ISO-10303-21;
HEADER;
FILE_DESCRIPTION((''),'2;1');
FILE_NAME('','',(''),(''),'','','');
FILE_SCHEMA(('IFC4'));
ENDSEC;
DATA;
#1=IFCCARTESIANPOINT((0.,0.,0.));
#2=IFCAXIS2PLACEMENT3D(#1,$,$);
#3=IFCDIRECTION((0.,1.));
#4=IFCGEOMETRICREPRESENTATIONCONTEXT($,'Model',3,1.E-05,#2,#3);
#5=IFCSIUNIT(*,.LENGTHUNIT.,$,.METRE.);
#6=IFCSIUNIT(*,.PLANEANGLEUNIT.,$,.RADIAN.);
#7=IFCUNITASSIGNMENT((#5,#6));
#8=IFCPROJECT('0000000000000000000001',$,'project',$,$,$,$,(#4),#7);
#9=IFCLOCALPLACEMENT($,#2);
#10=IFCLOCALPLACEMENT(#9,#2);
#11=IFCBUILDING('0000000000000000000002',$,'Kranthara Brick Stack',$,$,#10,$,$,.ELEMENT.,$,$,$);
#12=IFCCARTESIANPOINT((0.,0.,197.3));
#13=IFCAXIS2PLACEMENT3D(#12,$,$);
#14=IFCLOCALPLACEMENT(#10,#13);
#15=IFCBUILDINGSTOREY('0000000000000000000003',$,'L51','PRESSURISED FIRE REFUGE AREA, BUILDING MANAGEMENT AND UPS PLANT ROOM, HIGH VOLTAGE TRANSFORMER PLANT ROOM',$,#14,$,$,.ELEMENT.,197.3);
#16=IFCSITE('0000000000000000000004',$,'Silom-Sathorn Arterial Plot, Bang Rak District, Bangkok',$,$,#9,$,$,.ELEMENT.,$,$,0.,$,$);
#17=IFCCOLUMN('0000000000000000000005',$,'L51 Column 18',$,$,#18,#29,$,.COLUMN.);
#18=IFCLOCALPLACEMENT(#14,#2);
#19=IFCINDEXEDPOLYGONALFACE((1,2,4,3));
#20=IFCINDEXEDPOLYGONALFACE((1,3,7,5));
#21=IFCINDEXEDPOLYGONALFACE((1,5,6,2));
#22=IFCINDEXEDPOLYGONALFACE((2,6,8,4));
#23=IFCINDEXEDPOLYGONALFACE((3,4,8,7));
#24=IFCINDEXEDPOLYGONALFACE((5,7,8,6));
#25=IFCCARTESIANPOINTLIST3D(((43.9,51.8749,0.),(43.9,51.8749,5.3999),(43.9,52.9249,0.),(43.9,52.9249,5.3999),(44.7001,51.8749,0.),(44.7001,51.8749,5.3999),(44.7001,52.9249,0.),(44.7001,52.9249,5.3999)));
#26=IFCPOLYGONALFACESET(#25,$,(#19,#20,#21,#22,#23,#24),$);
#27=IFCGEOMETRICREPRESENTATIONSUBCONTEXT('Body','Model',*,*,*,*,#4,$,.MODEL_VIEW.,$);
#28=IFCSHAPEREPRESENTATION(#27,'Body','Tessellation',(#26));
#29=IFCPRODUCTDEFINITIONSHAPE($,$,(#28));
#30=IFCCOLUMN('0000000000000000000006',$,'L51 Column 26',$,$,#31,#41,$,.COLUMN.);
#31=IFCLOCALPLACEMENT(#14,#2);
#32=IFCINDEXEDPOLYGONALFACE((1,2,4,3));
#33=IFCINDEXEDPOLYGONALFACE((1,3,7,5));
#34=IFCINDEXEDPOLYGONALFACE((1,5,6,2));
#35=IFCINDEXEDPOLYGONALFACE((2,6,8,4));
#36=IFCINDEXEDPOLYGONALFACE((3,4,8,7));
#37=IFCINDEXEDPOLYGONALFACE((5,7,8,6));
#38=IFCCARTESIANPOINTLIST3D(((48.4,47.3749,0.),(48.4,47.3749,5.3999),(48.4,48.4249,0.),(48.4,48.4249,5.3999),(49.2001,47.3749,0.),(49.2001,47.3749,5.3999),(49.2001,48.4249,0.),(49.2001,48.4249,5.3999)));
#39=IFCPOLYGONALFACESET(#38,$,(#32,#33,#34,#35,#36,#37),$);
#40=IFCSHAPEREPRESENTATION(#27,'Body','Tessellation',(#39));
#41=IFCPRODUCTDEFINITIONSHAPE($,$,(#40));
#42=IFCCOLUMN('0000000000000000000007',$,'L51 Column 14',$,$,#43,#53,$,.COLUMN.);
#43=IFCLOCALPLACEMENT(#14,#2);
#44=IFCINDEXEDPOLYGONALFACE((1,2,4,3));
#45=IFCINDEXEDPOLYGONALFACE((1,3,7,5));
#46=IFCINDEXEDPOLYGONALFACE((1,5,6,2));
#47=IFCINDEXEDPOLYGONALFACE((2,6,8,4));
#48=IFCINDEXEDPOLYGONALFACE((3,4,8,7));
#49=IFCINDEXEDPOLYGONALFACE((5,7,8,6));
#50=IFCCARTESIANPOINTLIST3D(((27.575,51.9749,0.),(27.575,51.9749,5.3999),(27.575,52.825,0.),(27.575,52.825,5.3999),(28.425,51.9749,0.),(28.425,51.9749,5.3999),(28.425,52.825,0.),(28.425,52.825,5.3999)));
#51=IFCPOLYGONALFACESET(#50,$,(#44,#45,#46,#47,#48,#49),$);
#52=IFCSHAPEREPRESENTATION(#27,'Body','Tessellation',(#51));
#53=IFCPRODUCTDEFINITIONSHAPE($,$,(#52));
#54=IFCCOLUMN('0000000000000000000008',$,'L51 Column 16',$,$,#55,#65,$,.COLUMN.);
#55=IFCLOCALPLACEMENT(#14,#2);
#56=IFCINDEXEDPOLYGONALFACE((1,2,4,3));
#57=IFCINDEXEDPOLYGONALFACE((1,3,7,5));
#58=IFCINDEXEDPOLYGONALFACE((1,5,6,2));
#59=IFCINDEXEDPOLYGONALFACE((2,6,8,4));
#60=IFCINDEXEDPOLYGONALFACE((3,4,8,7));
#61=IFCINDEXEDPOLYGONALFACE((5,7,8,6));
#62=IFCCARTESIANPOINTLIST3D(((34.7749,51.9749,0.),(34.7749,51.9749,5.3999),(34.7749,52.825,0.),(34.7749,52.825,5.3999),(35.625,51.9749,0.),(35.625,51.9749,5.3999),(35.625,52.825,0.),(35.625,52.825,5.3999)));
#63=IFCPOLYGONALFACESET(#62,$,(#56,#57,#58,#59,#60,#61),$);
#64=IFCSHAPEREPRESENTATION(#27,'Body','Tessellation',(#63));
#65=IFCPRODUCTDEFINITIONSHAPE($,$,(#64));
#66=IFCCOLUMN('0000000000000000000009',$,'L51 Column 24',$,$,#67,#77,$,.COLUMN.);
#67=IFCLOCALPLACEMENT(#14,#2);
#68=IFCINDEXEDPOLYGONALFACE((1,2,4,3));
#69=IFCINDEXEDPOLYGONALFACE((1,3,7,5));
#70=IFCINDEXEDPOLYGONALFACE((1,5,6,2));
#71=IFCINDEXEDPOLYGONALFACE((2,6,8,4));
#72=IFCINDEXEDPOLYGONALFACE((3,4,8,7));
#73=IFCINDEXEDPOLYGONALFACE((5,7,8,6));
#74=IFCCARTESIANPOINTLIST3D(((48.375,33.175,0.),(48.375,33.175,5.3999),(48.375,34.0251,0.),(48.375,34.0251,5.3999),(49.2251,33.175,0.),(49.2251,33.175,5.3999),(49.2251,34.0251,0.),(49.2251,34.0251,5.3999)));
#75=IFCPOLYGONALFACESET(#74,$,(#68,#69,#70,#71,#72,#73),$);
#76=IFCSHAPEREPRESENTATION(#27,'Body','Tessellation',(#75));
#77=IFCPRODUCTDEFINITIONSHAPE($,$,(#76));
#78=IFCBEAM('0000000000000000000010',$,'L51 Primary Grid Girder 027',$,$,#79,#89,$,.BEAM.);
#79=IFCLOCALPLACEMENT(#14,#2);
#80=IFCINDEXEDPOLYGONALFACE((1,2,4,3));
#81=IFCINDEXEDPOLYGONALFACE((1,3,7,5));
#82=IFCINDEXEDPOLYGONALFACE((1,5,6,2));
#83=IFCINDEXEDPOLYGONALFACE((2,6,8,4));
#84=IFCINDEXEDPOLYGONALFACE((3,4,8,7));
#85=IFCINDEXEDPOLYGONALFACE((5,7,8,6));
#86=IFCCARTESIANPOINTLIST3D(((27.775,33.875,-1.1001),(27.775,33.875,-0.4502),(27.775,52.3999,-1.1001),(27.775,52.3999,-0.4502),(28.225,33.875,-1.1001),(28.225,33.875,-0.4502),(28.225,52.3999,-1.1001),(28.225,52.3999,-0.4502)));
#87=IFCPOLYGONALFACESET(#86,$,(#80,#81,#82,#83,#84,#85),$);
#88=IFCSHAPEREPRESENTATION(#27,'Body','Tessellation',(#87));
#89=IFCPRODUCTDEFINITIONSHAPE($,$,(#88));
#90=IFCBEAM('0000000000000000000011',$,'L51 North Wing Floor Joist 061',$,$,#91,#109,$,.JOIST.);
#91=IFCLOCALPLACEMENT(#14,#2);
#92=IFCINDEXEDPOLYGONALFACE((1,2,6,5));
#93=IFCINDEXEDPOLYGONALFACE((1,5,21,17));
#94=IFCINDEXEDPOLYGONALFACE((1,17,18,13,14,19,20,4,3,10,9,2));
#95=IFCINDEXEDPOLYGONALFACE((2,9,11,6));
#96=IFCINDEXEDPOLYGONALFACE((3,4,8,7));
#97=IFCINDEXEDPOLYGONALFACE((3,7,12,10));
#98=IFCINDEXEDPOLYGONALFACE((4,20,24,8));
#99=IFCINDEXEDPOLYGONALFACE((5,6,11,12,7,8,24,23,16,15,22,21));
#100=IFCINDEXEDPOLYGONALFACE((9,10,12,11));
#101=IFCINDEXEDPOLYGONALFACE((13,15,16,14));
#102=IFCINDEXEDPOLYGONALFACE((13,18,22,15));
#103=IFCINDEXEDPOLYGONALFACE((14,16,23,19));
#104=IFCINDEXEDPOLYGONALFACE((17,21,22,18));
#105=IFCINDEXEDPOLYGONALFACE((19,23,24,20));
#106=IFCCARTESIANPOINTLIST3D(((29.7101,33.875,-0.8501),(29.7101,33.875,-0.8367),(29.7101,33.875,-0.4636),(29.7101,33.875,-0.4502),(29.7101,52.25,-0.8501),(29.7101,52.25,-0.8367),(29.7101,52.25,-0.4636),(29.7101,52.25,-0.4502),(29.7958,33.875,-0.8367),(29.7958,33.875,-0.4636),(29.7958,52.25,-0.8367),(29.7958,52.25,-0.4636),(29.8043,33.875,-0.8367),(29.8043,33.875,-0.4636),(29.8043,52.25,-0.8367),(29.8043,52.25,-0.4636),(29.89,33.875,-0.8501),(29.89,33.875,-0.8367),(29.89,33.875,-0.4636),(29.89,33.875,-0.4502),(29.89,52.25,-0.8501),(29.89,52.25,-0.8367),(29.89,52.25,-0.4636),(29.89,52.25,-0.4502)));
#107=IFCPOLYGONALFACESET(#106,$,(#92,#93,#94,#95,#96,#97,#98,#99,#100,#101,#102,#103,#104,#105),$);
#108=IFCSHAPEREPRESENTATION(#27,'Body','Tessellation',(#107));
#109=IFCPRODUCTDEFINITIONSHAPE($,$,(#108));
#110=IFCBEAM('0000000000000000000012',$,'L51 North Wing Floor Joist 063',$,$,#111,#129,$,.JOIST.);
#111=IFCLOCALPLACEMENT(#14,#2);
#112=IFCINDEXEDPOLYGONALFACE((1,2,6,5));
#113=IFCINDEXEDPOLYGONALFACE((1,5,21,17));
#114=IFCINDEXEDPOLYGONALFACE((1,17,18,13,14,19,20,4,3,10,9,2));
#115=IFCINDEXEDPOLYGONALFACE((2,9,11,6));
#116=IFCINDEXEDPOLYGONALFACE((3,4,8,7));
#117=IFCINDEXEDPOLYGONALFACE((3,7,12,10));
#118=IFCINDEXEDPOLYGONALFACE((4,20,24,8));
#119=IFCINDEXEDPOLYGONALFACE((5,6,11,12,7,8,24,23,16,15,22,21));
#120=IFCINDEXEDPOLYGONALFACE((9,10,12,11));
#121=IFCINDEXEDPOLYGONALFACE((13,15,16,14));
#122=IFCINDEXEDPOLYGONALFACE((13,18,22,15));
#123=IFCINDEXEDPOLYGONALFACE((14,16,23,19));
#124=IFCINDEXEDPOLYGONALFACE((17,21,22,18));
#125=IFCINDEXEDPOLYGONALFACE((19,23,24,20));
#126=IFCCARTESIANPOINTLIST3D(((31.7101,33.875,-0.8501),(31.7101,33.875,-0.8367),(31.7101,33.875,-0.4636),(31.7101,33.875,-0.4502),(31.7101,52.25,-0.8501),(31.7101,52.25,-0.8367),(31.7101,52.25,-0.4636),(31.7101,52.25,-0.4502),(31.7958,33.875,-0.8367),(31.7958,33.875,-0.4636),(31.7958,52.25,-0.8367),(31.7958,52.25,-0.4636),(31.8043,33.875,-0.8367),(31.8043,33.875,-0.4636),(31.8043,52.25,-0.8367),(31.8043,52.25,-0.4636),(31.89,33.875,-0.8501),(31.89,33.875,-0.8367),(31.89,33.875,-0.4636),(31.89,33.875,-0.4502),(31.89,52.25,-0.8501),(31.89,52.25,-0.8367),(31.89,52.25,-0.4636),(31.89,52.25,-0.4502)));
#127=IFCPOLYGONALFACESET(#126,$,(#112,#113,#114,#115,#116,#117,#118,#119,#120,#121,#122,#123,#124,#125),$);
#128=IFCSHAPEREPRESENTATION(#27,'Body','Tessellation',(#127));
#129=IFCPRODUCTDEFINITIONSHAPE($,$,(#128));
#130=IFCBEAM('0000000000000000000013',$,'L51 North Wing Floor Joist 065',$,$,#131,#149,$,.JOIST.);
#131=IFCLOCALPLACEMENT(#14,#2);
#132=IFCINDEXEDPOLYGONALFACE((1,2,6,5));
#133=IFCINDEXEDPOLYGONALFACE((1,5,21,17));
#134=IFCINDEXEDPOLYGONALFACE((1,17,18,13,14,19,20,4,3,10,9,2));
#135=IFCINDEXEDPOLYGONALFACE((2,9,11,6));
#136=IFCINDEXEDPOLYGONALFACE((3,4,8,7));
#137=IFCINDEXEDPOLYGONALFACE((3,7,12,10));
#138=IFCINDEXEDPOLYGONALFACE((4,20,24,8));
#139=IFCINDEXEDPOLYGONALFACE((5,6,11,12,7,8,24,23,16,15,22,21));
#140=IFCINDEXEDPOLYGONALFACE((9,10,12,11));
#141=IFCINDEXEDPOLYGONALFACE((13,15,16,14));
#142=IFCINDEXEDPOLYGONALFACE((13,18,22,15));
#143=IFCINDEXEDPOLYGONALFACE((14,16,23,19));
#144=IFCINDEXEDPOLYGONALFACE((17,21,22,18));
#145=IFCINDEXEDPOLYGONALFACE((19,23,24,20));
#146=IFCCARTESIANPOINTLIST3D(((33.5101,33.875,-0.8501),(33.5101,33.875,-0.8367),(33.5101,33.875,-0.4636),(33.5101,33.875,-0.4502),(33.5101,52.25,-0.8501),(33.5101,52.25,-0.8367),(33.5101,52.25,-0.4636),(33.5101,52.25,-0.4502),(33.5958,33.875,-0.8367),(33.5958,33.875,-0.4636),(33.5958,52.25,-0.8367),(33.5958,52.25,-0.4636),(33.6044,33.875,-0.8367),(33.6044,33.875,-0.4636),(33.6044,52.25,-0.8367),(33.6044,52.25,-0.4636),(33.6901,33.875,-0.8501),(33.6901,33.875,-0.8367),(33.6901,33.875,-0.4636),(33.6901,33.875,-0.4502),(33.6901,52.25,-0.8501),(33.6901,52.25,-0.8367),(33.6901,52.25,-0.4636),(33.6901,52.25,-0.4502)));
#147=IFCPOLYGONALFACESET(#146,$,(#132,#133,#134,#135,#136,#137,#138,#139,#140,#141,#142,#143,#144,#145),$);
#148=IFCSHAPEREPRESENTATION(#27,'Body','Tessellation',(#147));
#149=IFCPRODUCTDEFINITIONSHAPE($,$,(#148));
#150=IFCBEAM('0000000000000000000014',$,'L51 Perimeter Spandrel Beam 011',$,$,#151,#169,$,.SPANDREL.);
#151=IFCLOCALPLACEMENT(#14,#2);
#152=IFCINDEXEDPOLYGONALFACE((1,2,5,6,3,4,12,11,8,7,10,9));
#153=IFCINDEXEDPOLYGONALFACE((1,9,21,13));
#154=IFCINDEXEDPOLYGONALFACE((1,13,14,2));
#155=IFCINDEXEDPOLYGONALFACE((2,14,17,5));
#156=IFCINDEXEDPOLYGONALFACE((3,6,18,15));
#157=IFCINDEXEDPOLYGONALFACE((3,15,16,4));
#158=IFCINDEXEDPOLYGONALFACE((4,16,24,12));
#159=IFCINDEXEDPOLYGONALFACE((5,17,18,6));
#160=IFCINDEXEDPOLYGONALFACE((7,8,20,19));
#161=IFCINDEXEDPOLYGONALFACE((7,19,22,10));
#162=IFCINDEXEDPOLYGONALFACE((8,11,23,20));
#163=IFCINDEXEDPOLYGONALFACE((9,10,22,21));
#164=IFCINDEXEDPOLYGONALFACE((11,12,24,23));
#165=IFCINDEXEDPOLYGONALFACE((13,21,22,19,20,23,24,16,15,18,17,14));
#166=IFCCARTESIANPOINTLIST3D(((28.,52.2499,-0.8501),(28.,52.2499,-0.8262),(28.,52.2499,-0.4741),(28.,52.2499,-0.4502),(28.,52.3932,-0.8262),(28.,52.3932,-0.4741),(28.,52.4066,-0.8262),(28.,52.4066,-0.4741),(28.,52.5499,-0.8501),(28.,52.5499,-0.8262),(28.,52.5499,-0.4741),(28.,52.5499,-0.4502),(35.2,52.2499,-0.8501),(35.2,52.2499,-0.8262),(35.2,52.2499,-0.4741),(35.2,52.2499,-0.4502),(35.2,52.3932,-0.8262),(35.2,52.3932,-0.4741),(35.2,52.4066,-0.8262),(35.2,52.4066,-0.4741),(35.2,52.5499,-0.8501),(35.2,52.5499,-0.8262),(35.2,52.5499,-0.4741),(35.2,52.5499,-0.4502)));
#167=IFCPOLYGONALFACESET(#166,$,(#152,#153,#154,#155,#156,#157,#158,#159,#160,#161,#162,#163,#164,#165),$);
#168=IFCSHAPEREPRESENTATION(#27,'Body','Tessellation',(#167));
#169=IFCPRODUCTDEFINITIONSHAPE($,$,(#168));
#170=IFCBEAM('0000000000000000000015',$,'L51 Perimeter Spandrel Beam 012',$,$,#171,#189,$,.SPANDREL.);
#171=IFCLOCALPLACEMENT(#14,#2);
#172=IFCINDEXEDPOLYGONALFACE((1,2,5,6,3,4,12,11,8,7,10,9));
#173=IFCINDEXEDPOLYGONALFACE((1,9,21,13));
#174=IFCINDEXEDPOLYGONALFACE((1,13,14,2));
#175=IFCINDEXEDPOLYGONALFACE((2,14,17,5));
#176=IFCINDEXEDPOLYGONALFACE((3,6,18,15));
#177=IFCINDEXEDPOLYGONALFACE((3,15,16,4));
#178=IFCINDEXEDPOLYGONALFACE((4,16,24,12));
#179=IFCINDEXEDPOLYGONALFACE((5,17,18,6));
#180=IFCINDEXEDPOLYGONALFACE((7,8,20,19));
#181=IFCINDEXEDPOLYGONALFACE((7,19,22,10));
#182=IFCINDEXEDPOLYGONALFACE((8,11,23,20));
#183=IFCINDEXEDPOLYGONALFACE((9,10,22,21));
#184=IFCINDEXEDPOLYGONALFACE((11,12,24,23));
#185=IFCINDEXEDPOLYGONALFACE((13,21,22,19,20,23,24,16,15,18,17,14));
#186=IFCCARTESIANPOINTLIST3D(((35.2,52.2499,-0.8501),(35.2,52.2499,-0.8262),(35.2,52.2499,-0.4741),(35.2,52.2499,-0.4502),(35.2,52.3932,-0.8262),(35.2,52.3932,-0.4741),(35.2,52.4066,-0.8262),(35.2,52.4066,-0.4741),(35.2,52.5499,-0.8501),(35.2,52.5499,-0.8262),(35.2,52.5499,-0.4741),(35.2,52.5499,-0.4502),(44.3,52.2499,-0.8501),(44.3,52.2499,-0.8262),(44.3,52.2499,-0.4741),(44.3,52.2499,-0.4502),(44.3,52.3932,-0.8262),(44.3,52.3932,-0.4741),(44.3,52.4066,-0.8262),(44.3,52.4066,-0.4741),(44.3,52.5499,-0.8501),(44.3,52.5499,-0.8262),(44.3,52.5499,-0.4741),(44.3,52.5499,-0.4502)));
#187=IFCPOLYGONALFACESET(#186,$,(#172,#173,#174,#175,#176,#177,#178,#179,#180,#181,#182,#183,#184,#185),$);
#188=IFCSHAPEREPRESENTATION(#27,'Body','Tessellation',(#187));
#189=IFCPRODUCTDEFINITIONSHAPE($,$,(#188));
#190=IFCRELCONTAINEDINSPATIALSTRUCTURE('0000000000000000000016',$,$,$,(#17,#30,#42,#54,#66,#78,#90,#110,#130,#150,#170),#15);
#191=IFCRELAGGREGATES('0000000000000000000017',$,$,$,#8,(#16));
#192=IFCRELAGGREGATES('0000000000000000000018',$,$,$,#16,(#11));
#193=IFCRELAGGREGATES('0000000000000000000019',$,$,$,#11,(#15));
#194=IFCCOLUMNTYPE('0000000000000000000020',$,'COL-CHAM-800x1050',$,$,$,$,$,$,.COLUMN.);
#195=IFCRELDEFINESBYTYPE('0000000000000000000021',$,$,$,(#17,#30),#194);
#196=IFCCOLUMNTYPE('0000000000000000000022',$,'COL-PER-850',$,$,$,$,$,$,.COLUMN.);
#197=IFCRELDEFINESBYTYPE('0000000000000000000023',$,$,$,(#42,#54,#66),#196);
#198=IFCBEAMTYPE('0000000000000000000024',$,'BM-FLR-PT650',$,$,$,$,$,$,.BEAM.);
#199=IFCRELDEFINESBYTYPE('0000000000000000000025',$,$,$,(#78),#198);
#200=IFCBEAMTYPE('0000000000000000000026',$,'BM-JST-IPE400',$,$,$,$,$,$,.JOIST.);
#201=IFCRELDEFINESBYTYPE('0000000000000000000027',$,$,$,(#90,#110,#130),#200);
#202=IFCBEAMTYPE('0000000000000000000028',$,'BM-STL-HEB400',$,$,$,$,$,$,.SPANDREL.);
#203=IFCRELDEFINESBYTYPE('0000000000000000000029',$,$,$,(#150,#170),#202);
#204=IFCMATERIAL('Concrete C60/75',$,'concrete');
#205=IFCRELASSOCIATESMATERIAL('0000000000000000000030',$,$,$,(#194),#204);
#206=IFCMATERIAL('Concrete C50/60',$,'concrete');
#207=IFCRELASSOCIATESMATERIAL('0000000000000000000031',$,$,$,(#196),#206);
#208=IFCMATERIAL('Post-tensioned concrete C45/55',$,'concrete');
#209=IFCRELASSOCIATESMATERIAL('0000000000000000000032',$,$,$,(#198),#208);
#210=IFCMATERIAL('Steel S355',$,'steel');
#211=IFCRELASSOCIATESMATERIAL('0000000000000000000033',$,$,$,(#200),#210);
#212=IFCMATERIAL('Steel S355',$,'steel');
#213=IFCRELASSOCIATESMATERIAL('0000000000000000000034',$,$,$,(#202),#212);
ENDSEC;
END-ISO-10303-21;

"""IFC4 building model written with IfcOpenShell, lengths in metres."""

from ifc_helpers import new_model, si_unit, direction, frame, origin, origin_2d, place, context, subcontext, project, spatial, rectangle, i_section, extrude, material, material_profile, profile_set, type_object, element, save


model = new_model("IFC4")

# Units and contexts
model_context = context("Model", 3, precision=1e-05, world=origin(), true_north=direction((0.0, 1.0)))
body_context = subcontext(model_context, "Body", "Model", "MODEL_VIEW")
ifc_project = project(units=[si_unit("LENGTHUNIT", "METRE"), si_unit("PLANEANGLEUNIT", "RADIAN")], contexts=[model_context])

# Site, building, storey
site_placement = place(None, origin())
site = spatial("IfcSite", under=ifc_project, at=site_placement, Name="Silom-Sathorn Arterial Plot, Bang Rak District, Bangkok", CompositionType="ELEMENT", RefElevation=0.0)
building_placement = place(site_placement, origin())
building = spatial("IfcBuilding", under=site, at=building_placement, Name="Kranthara Brick Stack", CompositionType="ELEMENT")
storey_placement = place(building_placement, frame((0.0, 0.0, 197.3)))
storey = spatial("IfcBuildingStorey", under=building, at=storey_placement, Name="L51", Description="PRESSURISED FIRE REFUGE AREA, BUILDING MANAGEMENT AND UPS PLANT ROOM, HIGH VOLTAGE TRANSFORMER PLANT ROOM", CompositionType="ELEMENT", Elevation=197.3)

# Columns
ifc_material_1 = material(Name="Concrete C60/75", Category="concrete")
ifc_material_profile_1 = material_profile(ifc_material_1, rectangle(XDim=0.8, YDim=1.05, at=origin_2d()), Name="RC 800x1050")
ifc_profile_set_1 = profile_set([ifc_material_profile_1], Name="Concrete C60/75")
column_type_1 = type_object("IfcColumnType", Name="COL-CHAM-800x1050", PredefinedType="COLUMN", material=ifc_profile_set_1)
for number, where, z_axis, x_axis, name in (
    (1, (44.3, 52.3999, 0.0), (0.0, 0.0, 1.0), (1.0, 0.0, 0.0), "L51 Column 18"),
    (2, (48.8, 47.8999, 0.0), (0.0, 0.0, 1.0), (1.0, 0.0, 0.0), "L51 Column 26"),
):
    element("IfcColumn", number, at=place(storey_placement, frame(where, z_axis=z_axis, x_axis=x_axis)), inside=storey, type_object=column_type_1, Name=name, PredefinedType="COLUMN", context=body_context, shape_type="SweptSolid", body=[
        extrude(rectangle(XDim=0.8, YDim=1.05, at=origin_2d()), origin(), (0.0, 0.0, 1.0), 5.3999),
    ])
ifc_material_2 = material(Name="Concrete C50/60", Category="concrete")
ifc_material_profile_2 = material_profile(ifc_material_2, rectangle(XDim=0.8501, YDim=0.8501, at=origin_2d()), Name="RC 850x850")
ifc_profile_set_2 = profile_set([ifc_material_profile_2], Name="Concrete C50/60")
column_type_2 = type_object("IfcColumnType", Name="COL-PER-850", PredefinedType="COLUMN", material=ifc_profile_set_2)
for number, where, z_axis, x_axis, name in (
    (3, (28.0, 52.3999, 0.0), (0.0, 0.0, 1.0), (1.0, 0.0, 0.0), "L51 Column 14"),
    (4, (35.2, 52.3999, 0.0), (0.0, 0.0, 1.0), (1.0, 0.0, 0.0), "L51 Column 16"),
    (5, (48.8, 33.6001, 0.0), (0.0, 0.0, 1.0), (1.0, 0.0, 0.0), "L51 Column 24"),
):
    element("IfcColumn", number, at=place(storey_placement, frame(where, z_axis=z_axis, x_axis=x_axis)), inside=storey, type_object=column_type_2, Name=name, PredefinedType="COLUMN", context=body_context, shape_type="SweptSolid", body=[
        extrude(rectangle(XDim=0.8501, YDim=0.8501, at=origin_2d()), origin(), (0.0, 0.0, 1.0), 5.3999),
    ])

# Beams
ifc_material_3 = material(Name="Post-tensioned concrete C45/55", Category="concrete")
ifc_material_profile_3 = material_profile(ifc_material_3, rectangle(XDim=0.45, YDim=0.6499, at=origin_2d()), Name="PT 450x650")
ifc_profile_set_3 = profile_set([ifc_material_profile_3], Name="Post-tensioned concrete C45/55")
beam_type_1 = type_object("IfcBeamType", Name="BM-FLR-PT650", PredefinedType="BEAM", material=ifc_profile_set_3)
beam_1_placement = place(storey_placement, frame((28.0, 33.875, -0.7751), z_axis=(0.0, 1.0, 0.0), x_axis=(-1.0, 0.0, 0.0)))
element("IfcBeam", 6, at=beam_1_placement, inside=storey, type_object=beam_type_1, Name="L51 Primary Grid Girder 027", PredefinedType="BEAM", context=body_context, shape_type="SweptSolid", body=[
    extrude(rectangle(XDim=0.45, YDim=0.6499, at=origin_2d()), origin(), (0.0, 0.0, 1.0), 18.5249),
])
ifc_material_4 = material(Name="Steel S355", Category="steel")
ifc_material_profile_4 = material_profile(ifc_material_4, i_section(OverallWidth=0.1799, OverallDepth=0.3999, WebThickness=0.0085, FlangeThickness=0.0134, at=origin_2d()), Name="IPE 400")
ifc_profile_set_4 = profile_set([ifc_material_profile_4], Name="Steel S355")
beam_type_2 = type_object("IfcBeamType", Name="BM-JST-IPE400", PredefinedType="JOIST", material=ifc_profile_set_4)
for number, where, z_axis, x_axis, name in (
    (7, (29.8, 33.875, -0.6501), (0.0, 1.0, 0.0), (-1.0, 0.0, 0.0), "L51 North Wing Floor Joist 061"),
    (8, (31.8, 33.875, -0.6501), (0.0, 1.0, 0.0), (-1.0, 0.0, 0.0), "L51 North Wing Floor Joist 063"),
    (9, (33.6001, 33.875, -0.6501), (0.0, 1.0, 0.0), (-1.0, 0.0, 0.0), "L51 North Wing Floor Joist 065"),
):
    element("IfcBeam", number, at=place(storey_placement, frame(where, z_axis=z_axis, x_axis=x_axis)), inside=storey, type_object=beam_type_2, Name=name, PredefinedType="JOIST", context=body_context, shape_type="SweptSolid", body=[
        extrude(i_section(OverallWidth=0.1799, OverallDepth=0.3999, WebThickness=0.0085, FlangeThickness=0.0134, at=origin_2d()), origin(), (0.0, 0.0, 1.0), 18.375),
    ])
ifc_material_5 = material(Name="Steel S355", Category="steel")
ifc_material_profile_5 = material_profile(ifc_material_5, i_section(OverallWidth=0.3, OverallDepth=0.3999, WebThickness=0.0134, FlangeThickness=0.0239, at=origin_2d()), Name="HEB 400")
ifc_profile_set_5 = profile_set([ifc_material_profile_5], Name="Steel S355")
beam_type_3 = type_object("IfcBeamType", Name="BM-STL-HEB400", PredefinedType="SPANDREL", material=ifc_profile_set_5)
beam_2_placement = place(storey_placement, frame((28.0, 52.3999, -0.6501), z_axis=(1.0, 0.0, 0.0), x_axis=(0.0, 1.0, 0.0)))
element("IfcBeam", 10, at=beam_2_placement, inside=storey, type_object=beam_type_3, Name="L51 Perimeter Spandrel Beam 011", PredefinedType="SPANDREL", context=body_context, shape_type="SweptSolid", body=[
    extrude(i_section(OverallWidth=0.3, OverallDepth=0.3999, WebThickness=0.0134, FlangeThickness=0.0239, at=origin_2d()), origin(), (0.0, 0.0, 1.0), 7.2),
])
beam_3_placement = place(storey_placement, frame((35.2, 52.3999, -0.6501), z_axis=(1.0, 0.0, 0.0), x_axis=(0.0, 1.0, 0.0)))
element("IfcBeam", 11, at=beam_3_placement, inside=storey, type_object=beam_type_3, Name="L51 Perimeter Spandrel Beam 012", PredefinedType="SPANDREL", context=body_context, shape_type="SweptSolid", body=[
    extrude(i_section(OverallWidth=0.3, OverallDepth=0.3999, WebThickness=0.0134, FlangeThickness=0.0239, at=origin_2d()), origin(), (0.0, 0.0, 1.0), 9.1001),
])

save(model, "model.ifc")
